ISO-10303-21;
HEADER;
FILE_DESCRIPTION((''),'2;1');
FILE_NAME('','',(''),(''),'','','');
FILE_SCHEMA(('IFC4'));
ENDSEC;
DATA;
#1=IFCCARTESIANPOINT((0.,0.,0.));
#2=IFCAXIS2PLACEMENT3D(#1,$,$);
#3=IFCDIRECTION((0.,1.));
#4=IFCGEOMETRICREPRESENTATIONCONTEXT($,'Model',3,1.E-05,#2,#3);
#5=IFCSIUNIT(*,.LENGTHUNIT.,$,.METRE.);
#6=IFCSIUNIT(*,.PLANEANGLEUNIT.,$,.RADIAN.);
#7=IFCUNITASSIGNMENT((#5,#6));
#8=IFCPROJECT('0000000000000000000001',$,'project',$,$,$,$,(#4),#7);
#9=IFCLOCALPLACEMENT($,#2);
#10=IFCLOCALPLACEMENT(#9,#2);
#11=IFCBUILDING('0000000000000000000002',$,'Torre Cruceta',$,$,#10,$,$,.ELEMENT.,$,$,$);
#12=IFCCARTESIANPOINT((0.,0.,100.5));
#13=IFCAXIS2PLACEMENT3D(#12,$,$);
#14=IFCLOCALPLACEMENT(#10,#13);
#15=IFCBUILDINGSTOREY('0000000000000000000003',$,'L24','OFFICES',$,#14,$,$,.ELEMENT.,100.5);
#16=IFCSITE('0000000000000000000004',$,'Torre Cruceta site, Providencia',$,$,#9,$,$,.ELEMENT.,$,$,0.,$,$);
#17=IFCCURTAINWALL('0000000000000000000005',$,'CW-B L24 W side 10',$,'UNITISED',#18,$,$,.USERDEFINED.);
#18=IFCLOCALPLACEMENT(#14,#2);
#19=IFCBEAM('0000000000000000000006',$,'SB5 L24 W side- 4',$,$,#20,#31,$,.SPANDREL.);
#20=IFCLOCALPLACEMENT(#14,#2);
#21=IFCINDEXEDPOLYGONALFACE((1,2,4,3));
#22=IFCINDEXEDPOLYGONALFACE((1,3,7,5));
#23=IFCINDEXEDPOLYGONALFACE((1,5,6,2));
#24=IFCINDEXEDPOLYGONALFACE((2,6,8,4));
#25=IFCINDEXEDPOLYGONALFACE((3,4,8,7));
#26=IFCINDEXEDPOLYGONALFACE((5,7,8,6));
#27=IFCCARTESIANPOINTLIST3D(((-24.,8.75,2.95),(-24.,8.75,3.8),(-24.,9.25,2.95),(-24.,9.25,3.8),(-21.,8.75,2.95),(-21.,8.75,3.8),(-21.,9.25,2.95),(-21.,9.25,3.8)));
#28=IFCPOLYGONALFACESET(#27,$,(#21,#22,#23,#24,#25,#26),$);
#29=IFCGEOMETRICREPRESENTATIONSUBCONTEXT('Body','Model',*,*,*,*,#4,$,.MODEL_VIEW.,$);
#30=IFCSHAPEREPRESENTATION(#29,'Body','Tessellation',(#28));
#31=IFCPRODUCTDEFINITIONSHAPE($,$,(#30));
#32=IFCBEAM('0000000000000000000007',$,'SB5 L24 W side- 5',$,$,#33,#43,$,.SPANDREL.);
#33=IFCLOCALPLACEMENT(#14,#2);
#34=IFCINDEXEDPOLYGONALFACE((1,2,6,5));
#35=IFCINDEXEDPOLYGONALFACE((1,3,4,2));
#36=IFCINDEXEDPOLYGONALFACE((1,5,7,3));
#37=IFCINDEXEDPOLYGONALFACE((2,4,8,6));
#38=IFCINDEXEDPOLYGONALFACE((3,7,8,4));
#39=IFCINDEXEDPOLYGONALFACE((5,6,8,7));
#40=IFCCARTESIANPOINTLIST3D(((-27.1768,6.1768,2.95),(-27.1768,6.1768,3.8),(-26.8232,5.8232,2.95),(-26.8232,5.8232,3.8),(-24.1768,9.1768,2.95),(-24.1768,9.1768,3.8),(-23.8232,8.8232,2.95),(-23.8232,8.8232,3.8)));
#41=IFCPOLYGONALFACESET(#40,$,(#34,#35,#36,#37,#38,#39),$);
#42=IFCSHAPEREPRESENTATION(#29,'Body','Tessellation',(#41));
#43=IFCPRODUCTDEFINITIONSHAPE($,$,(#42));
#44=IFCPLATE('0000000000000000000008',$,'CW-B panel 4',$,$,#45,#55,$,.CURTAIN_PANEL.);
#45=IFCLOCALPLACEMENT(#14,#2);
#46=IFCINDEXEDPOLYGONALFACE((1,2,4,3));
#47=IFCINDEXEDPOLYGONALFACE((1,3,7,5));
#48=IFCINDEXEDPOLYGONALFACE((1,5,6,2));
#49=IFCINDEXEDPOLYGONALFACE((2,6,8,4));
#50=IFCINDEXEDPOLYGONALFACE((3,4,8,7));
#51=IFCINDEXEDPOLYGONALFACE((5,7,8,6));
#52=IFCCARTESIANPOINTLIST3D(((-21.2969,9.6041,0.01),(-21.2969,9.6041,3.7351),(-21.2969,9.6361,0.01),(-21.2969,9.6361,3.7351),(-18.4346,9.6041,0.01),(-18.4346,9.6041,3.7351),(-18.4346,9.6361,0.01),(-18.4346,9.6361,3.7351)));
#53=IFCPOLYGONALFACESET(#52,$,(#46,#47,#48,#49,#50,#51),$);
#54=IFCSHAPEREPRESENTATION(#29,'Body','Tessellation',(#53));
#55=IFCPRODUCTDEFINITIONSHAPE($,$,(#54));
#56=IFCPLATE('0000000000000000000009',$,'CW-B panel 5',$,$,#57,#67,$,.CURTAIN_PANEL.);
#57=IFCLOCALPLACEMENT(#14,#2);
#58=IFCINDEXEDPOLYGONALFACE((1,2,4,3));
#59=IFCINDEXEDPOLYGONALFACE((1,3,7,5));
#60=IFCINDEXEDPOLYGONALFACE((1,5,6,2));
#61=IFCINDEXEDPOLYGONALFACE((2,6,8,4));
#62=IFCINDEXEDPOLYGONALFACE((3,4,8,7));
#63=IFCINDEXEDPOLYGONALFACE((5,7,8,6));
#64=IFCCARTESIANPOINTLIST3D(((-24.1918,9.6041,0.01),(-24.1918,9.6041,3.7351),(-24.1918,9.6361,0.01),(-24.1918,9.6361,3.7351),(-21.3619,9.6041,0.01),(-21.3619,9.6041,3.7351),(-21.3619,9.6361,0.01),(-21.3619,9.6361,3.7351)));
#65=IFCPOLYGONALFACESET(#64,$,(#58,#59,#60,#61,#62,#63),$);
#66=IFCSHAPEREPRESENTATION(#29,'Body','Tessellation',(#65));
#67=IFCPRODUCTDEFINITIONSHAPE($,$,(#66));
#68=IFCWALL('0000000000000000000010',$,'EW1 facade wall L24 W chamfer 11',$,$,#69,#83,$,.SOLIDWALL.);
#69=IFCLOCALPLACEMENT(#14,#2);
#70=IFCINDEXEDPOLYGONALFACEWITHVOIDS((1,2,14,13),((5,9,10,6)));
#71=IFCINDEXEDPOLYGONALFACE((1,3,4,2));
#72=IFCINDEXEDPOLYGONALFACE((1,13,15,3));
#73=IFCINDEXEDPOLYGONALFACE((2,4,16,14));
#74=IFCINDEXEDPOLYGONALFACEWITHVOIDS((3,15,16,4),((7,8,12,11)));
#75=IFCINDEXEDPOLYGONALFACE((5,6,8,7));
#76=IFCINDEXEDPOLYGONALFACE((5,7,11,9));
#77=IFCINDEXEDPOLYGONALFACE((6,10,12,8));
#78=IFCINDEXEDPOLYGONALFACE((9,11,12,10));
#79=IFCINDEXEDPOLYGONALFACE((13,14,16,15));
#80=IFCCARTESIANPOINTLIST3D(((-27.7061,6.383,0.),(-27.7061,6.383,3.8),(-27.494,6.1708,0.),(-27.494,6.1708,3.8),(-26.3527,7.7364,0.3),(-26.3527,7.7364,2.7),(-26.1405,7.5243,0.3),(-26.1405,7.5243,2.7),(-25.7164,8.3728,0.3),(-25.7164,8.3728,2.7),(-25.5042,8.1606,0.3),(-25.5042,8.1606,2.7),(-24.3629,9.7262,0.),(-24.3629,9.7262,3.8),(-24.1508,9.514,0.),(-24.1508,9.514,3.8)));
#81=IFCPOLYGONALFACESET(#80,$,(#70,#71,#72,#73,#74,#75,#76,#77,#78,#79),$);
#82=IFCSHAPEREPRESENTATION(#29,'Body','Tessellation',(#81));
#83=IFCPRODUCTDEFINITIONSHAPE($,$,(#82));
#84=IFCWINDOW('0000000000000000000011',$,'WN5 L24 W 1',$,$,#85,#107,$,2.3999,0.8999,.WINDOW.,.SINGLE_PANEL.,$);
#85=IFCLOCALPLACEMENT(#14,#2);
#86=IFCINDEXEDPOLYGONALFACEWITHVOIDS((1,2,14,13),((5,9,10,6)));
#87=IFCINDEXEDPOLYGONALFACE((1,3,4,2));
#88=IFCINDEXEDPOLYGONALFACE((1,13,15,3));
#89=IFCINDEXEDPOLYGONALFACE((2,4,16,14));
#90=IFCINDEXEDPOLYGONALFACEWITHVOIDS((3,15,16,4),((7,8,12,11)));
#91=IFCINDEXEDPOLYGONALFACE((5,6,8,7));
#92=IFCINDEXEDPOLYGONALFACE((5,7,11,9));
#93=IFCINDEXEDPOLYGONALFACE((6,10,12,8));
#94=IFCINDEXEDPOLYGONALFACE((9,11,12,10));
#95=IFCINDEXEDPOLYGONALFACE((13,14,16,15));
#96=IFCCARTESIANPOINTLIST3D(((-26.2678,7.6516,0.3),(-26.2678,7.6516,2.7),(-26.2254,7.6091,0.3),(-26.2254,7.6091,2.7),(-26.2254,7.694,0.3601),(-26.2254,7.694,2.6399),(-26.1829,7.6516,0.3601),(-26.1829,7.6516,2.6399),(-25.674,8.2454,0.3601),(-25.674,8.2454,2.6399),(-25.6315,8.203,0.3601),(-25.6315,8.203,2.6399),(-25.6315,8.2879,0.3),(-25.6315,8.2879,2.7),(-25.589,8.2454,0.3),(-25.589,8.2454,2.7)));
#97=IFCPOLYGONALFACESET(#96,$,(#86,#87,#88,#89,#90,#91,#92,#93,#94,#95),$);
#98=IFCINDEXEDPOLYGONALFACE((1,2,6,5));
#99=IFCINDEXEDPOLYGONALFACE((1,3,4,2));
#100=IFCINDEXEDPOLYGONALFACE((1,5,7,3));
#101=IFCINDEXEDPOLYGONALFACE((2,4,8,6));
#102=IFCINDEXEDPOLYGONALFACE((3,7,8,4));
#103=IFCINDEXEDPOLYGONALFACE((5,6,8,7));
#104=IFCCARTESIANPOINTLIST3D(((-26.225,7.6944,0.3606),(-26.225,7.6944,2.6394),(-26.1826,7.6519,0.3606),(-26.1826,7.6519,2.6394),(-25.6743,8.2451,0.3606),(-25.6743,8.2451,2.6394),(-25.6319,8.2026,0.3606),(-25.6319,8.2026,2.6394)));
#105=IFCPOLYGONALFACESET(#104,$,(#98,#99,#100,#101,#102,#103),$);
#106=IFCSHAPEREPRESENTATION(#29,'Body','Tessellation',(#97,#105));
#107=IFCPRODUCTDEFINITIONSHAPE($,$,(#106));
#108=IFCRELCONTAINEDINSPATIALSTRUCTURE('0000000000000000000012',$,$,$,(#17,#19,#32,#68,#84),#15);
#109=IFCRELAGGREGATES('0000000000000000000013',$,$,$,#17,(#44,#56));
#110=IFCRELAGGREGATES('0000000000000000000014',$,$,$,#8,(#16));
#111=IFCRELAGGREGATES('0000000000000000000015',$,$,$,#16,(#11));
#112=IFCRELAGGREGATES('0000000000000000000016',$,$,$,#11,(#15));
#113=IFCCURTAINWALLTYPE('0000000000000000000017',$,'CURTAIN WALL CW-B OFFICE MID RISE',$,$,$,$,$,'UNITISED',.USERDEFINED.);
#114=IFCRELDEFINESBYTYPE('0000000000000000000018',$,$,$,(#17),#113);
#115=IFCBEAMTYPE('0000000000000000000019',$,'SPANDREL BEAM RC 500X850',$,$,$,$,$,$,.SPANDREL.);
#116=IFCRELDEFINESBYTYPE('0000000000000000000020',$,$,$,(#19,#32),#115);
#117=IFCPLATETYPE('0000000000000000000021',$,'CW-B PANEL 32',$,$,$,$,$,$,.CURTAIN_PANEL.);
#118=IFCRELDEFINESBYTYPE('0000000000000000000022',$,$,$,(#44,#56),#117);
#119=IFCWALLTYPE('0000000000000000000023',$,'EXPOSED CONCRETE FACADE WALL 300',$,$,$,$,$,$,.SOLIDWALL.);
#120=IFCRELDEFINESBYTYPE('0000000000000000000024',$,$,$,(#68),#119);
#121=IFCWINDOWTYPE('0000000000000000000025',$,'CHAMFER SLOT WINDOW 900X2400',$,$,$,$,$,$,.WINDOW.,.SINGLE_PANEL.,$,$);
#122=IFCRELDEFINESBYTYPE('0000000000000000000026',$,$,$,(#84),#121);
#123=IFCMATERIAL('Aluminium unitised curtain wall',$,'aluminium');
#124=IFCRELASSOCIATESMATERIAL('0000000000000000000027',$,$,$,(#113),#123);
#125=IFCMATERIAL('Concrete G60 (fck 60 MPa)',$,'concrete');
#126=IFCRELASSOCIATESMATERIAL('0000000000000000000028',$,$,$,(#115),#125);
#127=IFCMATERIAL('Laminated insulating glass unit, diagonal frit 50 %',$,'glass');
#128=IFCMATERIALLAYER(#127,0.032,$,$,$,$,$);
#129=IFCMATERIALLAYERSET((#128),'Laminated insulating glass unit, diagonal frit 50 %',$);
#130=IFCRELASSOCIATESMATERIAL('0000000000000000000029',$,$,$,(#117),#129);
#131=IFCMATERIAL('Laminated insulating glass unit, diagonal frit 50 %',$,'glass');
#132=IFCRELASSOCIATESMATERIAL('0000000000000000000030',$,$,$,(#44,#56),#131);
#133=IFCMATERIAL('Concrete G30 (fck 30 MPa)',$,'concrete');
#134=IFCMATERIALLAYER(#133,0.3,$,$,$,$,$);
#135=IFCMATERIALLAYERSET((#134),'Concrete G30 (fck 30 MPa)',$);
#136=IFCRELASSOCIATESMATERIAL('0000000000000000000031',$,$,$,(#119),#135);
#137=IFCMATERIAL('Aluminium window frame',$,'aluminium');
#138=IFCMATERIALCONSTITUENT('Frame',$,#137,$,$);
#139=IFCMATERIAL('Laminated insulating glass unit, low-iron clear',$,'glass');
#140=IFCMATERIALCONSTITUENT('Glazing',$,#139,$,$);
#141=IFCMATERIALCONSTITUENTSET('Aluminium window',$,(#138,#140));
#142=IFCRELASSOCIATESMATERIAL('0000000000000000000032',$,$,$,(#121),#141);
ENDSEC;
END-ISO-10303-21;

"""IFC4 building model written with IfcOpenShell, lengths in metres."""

from ifc_helpers import new_model, si_unit, direction, frame, frame_2d, origin, origin_2d, place, context, subcontext, project, spatial, rectangle, hollow_rectangle, extrude, material, layer, layer_set, constituent, constituent_set, material_profile, profile_set, type_object, element, fill, aggregate, save


model = new_model("IFC4")

# Units and contexts
model_context = context("Model", 3, precision=1e-05, world=origin(), true_north=direction((0.0, 1.0)))
body_context = subcontext(model_context, "Body", "Model", "MODEL_VIEW")
ifc_project = project(units=[si_unit("LENGTHUNIT", "METRE"), si_unit("PLANEANGLEUNIT", "RADIAN")], contexts=[model_context])

# Site, building, storey
site_placement = place(None, origin())
site = spatial("IfcSite", under=ifc_project, at=site_placement, Name="Torre Cruceta site, Providencia", CompositionType="ELEMENT", RefElevation=0.0)
building_placement = place(site_placement, origin())
building = spatial("IfcBuilding", under=site, at=building_placement, Name="Torre Cruceta", CompositionType="ELEMENT")
storey_placement = place(building_placement, frame((0.0, 0.0, 100.5)))
storey = spatial("IfcBuildingStorey", under=building, at=storey_placement, Name="L24", Description="OFFICES", CompositionType="ELEMENT", Elevation=100.5)

# Curtain wall
ifc_material_1 = material(Name="Aluminium unitised curtain wall", Category="aluminium")
curtain_wall_type = type_object("IfcCurtainWallType", Name="CURTAIN WALL CW-B OFFICE MID RISE", ElementType="UNITISED", PredefinedType="USERDEFINED", material=ifc_material_1)
curtain_wall_placement = place(storey_placement, origin())
curtain_wall = element("IfcCurtainWall", 1, at=curtain_wall_placement, inside=storey, type_object=curtain_wall_type, Name="CW-B L24 W side 10", ObjectType="UNITISED", PredefinedType="USERDEFINED")

# Beams
ifc_material_2 = material(Name="Concrete G60 (fck 60 MPa)", Category="concrete")
ifc_material_profile_1 = material_profile(ifc_material_2, rectangle(XDim=0.5, YDim=0.8501, at=origin_2d()), Name="RC 500X850")
ifc_profile_set_1 = profile_set([ifc_material_profile_1], Name="Concrete G60 (fck 60 MPa)")
beam_type_1 = type_object("IfcBeamType", Name="SPANDREL BEAM RC 500X850", PredefinedType="SPANDREL", material=ifc_profile_set_1)
beam_1_placement = place(storey_placement, frame((-21.0, 9.0, 3.375), z_axis=(-1.0, 0.0, 0.0), x_axis=(0.0, -1.0, 0.0)))
element("IfcBeam", 2, at=beam_1_placement, inside=storey, type_object=beam_type_1, Name="SB5 L24 W side- 4", PredefinedType="SPANDREL", context=body_context, shape_type="SweptSolid", body=[
    extrude(rectangle(XDim=0.5, YDim=0.8501, at=origin_2d()), origin(), (0.0, 0.0, 1.0), 3.0),
])
beam_2_placement = place(storey_placement, frame((-24.0, 9.0, 3.375), z_axis=(-0.707107, -0.707107, 0.0), x_axis=(0.707107, -0.707107, 0.0)))
element("IfcBeam", 3, at=beam_2_placement, inside=storey, type_object=beam_type_1, Name="SB5 L24 W side- 5", PredefinedType="SPANDREL", context=body_context, shape_type="SweptSolid", body=[
    extrude(rectangle(XDim=0.5, YDim=0.8501, at=origin_2d()), origin(), (0.0, 0.0, 1.0), 4.2427),
])

# Plates
ifc_material_3 = material(Name="Laminated insulating glass unit, diagonal frit 50 %", Category="glass")
ifc_material_4 = material(Name="Laminated insulating glass unit, diagonal frit 50 %", Category="glass")
ifc_layer_1 = layer(ifc_material_4, 0.032)
ifc_layer_set_1 = layer_set([ifc_layer_1], Name="Laminated insulating glass unit, diagonal frit 50 %")
plate_type = type_object("IfcPlateType", Name="CW-B PANEL 32", PredefinedType="CURTAIN_PANEL", material=ifc_layer_set_1)
plate_1_placement = place(storey_placement, frame((-19.8657, 9.6201, 0.01), z_axis=(0.0, 0.0, 1.0), x_axis=(-1.0, 0.0, 0.0)))
plate_1 = element("IfcPlate", 4, at=plate_1_placement, type_object=plate_type, material=ifc_material_3, Name="CW-B panel 4", PredefinedType="CURTAIN_PANEL", context=body_context, shape_type="SweptSolid", body=[
    extrude(rectangle(XDim=2.8623, YDim=0.032, at=origin_2d()), origin(), (0.0, 0.0, 1.0), 3.7251),
])
plate_2_placement = place(storey_placement, frame((-22.7769, 9.6201, 0.01), z_axis=(0.0, 0.0, 1.0), x_axis=(-1.0, 0.0, 0.0)))
plate_2 = element("IfcPlate", 5, at=plate_2_placement, type_object=plate_type, material=ifc_material_3, Name="CW-B panel 5", PredefinedType="CURTAIN_PANEL", context=body_context, shape_type="SweptSolid", body=[
    extrude(rectangle(XDim=2.8298, YDim=0.032, at=origin_2d()), origin(), (0.0, 0.0, 1.0), 3.7251),
])
aggregate(curtain_wall, [plate_1, plate_2])

# Wall, opening, window
ifc_material_5 = material(Name="Concrete G30 (fck 30 MPa)", Category="concrete")
ifc_layer_2 = layer(ifc_material_5, 0.3)
ifc_layer_set_2 = layer_set([ifc_layer_2], Name="Concrete G30 (fck 30 MPa)")
wall_type_1 = type_object("IfcWallType", Name="EXPOSED CONCRETE FACADE WALL 300", PredefinedType="SOLIDWALL", material=ifc_layer_set_2)
wall_1_placement = place(storey_placement, frame((-24.2568, 9.6201, 0.0), z_axis=(0.0, 0.0, 1.0), x_axis=(-0.707107, -0.707107, 0.0)))
wall_1 = element("IfcWall", 6, at=wall_1_placement, inside=storey, type_object=wall_type_1, Name="EW1 facade wall L24 W chamfer 11", PredefinedType="SOLIDWALL", context=body_context, shape_type="SweptSolid", body=[
    extrude(rectangle(XDim=4.728, YDim=0.3, at=frame_2d((2.364, 0.0))), origin(), (0.0, 0.0, 1.0), 3.8),
])
opening_1_placement = place(wall_1_placement, frame((1.9141, 0.0, 0.3)))
opening_1 = element("IfcOpeningElement", 7, at=opening_1_placement, cuts=wall_1, PredefinedType="OPENING", context=body_context, shape_type="SweptSolid", body=[
    extrude(rectangle(XDim=0.8999, YDim=2.3999, at=frame_2d((0.45, 1.2))), frame((0.0, 0.1599, 0.0), z_axis=(0.0, -1.0, 0.0), x_axis=(1.0, 0.0, 0.0)), (0.0, 0.0, 1.0), 0.3201),
])
ifc_material_6 = material(Name="Aluminium window frame", Category="aluminium")
ifc_constituent_1 = constituent(ifc_material_6, Name="Frame")
ifc_material_7 = material(Name="Laminated insulating glass unit, low-iron clear", Category="glass")
ifc_constituent_2 = constituent(ifc_material_7, Name="Glazing")
ifc_constituent_set_1 = constituent_set(constituents=[ifc_constituent_1, ifc_constituent_2], Name="Aluminium window")
window_type_1 = type_object("IfcWindowType", Name="CHAMFER SLOT WINDOW 900X2400", PartitioningType="SINGLE_PANEL", PredefinedType="WINDOW", material=ifc_constituent_set_1)
window_1_placement = place(opening_1_placement, origin())
window_1 = element("IfcWindow", 8, at=window_1_placement, inside=storey, type_object=window_type_1, Name="WN5 L24 W 1", OverallHeight=2.3999, OverallWidth=0.8999, PartitioningType="SINGLE_PANEL", PredefinedType="WINDOW", context=body_context, shape_type="SweptSolid", body=[
    extrude(hollow_rectangle(XDim=0.8999, YDim=2.3999, WallThickness=0.0601, at=frame_2d((0.45, 1.2))), frame((0.0, 0.03, 0.0), z_axis=(0.0, -1.0, 0.0), x_axis=(1.0, 0.0, 0.0)), (0.0, 0.0, 1.0), 0.0601),
    extrude(rectangle(XDim=0.7788, YDim=2.2788, at=frame_2d((0.45, 1.2))), frame((0.0, 0.03, 0.0), z_axis=(0.0, -1.0, 0.0), x_axis=(1.0, 0.0, 0.0)), (0.0, 0.0, 1.0), 0.0601),
])
fill(opening_1, window_1)

save(model, "model.ifc")
